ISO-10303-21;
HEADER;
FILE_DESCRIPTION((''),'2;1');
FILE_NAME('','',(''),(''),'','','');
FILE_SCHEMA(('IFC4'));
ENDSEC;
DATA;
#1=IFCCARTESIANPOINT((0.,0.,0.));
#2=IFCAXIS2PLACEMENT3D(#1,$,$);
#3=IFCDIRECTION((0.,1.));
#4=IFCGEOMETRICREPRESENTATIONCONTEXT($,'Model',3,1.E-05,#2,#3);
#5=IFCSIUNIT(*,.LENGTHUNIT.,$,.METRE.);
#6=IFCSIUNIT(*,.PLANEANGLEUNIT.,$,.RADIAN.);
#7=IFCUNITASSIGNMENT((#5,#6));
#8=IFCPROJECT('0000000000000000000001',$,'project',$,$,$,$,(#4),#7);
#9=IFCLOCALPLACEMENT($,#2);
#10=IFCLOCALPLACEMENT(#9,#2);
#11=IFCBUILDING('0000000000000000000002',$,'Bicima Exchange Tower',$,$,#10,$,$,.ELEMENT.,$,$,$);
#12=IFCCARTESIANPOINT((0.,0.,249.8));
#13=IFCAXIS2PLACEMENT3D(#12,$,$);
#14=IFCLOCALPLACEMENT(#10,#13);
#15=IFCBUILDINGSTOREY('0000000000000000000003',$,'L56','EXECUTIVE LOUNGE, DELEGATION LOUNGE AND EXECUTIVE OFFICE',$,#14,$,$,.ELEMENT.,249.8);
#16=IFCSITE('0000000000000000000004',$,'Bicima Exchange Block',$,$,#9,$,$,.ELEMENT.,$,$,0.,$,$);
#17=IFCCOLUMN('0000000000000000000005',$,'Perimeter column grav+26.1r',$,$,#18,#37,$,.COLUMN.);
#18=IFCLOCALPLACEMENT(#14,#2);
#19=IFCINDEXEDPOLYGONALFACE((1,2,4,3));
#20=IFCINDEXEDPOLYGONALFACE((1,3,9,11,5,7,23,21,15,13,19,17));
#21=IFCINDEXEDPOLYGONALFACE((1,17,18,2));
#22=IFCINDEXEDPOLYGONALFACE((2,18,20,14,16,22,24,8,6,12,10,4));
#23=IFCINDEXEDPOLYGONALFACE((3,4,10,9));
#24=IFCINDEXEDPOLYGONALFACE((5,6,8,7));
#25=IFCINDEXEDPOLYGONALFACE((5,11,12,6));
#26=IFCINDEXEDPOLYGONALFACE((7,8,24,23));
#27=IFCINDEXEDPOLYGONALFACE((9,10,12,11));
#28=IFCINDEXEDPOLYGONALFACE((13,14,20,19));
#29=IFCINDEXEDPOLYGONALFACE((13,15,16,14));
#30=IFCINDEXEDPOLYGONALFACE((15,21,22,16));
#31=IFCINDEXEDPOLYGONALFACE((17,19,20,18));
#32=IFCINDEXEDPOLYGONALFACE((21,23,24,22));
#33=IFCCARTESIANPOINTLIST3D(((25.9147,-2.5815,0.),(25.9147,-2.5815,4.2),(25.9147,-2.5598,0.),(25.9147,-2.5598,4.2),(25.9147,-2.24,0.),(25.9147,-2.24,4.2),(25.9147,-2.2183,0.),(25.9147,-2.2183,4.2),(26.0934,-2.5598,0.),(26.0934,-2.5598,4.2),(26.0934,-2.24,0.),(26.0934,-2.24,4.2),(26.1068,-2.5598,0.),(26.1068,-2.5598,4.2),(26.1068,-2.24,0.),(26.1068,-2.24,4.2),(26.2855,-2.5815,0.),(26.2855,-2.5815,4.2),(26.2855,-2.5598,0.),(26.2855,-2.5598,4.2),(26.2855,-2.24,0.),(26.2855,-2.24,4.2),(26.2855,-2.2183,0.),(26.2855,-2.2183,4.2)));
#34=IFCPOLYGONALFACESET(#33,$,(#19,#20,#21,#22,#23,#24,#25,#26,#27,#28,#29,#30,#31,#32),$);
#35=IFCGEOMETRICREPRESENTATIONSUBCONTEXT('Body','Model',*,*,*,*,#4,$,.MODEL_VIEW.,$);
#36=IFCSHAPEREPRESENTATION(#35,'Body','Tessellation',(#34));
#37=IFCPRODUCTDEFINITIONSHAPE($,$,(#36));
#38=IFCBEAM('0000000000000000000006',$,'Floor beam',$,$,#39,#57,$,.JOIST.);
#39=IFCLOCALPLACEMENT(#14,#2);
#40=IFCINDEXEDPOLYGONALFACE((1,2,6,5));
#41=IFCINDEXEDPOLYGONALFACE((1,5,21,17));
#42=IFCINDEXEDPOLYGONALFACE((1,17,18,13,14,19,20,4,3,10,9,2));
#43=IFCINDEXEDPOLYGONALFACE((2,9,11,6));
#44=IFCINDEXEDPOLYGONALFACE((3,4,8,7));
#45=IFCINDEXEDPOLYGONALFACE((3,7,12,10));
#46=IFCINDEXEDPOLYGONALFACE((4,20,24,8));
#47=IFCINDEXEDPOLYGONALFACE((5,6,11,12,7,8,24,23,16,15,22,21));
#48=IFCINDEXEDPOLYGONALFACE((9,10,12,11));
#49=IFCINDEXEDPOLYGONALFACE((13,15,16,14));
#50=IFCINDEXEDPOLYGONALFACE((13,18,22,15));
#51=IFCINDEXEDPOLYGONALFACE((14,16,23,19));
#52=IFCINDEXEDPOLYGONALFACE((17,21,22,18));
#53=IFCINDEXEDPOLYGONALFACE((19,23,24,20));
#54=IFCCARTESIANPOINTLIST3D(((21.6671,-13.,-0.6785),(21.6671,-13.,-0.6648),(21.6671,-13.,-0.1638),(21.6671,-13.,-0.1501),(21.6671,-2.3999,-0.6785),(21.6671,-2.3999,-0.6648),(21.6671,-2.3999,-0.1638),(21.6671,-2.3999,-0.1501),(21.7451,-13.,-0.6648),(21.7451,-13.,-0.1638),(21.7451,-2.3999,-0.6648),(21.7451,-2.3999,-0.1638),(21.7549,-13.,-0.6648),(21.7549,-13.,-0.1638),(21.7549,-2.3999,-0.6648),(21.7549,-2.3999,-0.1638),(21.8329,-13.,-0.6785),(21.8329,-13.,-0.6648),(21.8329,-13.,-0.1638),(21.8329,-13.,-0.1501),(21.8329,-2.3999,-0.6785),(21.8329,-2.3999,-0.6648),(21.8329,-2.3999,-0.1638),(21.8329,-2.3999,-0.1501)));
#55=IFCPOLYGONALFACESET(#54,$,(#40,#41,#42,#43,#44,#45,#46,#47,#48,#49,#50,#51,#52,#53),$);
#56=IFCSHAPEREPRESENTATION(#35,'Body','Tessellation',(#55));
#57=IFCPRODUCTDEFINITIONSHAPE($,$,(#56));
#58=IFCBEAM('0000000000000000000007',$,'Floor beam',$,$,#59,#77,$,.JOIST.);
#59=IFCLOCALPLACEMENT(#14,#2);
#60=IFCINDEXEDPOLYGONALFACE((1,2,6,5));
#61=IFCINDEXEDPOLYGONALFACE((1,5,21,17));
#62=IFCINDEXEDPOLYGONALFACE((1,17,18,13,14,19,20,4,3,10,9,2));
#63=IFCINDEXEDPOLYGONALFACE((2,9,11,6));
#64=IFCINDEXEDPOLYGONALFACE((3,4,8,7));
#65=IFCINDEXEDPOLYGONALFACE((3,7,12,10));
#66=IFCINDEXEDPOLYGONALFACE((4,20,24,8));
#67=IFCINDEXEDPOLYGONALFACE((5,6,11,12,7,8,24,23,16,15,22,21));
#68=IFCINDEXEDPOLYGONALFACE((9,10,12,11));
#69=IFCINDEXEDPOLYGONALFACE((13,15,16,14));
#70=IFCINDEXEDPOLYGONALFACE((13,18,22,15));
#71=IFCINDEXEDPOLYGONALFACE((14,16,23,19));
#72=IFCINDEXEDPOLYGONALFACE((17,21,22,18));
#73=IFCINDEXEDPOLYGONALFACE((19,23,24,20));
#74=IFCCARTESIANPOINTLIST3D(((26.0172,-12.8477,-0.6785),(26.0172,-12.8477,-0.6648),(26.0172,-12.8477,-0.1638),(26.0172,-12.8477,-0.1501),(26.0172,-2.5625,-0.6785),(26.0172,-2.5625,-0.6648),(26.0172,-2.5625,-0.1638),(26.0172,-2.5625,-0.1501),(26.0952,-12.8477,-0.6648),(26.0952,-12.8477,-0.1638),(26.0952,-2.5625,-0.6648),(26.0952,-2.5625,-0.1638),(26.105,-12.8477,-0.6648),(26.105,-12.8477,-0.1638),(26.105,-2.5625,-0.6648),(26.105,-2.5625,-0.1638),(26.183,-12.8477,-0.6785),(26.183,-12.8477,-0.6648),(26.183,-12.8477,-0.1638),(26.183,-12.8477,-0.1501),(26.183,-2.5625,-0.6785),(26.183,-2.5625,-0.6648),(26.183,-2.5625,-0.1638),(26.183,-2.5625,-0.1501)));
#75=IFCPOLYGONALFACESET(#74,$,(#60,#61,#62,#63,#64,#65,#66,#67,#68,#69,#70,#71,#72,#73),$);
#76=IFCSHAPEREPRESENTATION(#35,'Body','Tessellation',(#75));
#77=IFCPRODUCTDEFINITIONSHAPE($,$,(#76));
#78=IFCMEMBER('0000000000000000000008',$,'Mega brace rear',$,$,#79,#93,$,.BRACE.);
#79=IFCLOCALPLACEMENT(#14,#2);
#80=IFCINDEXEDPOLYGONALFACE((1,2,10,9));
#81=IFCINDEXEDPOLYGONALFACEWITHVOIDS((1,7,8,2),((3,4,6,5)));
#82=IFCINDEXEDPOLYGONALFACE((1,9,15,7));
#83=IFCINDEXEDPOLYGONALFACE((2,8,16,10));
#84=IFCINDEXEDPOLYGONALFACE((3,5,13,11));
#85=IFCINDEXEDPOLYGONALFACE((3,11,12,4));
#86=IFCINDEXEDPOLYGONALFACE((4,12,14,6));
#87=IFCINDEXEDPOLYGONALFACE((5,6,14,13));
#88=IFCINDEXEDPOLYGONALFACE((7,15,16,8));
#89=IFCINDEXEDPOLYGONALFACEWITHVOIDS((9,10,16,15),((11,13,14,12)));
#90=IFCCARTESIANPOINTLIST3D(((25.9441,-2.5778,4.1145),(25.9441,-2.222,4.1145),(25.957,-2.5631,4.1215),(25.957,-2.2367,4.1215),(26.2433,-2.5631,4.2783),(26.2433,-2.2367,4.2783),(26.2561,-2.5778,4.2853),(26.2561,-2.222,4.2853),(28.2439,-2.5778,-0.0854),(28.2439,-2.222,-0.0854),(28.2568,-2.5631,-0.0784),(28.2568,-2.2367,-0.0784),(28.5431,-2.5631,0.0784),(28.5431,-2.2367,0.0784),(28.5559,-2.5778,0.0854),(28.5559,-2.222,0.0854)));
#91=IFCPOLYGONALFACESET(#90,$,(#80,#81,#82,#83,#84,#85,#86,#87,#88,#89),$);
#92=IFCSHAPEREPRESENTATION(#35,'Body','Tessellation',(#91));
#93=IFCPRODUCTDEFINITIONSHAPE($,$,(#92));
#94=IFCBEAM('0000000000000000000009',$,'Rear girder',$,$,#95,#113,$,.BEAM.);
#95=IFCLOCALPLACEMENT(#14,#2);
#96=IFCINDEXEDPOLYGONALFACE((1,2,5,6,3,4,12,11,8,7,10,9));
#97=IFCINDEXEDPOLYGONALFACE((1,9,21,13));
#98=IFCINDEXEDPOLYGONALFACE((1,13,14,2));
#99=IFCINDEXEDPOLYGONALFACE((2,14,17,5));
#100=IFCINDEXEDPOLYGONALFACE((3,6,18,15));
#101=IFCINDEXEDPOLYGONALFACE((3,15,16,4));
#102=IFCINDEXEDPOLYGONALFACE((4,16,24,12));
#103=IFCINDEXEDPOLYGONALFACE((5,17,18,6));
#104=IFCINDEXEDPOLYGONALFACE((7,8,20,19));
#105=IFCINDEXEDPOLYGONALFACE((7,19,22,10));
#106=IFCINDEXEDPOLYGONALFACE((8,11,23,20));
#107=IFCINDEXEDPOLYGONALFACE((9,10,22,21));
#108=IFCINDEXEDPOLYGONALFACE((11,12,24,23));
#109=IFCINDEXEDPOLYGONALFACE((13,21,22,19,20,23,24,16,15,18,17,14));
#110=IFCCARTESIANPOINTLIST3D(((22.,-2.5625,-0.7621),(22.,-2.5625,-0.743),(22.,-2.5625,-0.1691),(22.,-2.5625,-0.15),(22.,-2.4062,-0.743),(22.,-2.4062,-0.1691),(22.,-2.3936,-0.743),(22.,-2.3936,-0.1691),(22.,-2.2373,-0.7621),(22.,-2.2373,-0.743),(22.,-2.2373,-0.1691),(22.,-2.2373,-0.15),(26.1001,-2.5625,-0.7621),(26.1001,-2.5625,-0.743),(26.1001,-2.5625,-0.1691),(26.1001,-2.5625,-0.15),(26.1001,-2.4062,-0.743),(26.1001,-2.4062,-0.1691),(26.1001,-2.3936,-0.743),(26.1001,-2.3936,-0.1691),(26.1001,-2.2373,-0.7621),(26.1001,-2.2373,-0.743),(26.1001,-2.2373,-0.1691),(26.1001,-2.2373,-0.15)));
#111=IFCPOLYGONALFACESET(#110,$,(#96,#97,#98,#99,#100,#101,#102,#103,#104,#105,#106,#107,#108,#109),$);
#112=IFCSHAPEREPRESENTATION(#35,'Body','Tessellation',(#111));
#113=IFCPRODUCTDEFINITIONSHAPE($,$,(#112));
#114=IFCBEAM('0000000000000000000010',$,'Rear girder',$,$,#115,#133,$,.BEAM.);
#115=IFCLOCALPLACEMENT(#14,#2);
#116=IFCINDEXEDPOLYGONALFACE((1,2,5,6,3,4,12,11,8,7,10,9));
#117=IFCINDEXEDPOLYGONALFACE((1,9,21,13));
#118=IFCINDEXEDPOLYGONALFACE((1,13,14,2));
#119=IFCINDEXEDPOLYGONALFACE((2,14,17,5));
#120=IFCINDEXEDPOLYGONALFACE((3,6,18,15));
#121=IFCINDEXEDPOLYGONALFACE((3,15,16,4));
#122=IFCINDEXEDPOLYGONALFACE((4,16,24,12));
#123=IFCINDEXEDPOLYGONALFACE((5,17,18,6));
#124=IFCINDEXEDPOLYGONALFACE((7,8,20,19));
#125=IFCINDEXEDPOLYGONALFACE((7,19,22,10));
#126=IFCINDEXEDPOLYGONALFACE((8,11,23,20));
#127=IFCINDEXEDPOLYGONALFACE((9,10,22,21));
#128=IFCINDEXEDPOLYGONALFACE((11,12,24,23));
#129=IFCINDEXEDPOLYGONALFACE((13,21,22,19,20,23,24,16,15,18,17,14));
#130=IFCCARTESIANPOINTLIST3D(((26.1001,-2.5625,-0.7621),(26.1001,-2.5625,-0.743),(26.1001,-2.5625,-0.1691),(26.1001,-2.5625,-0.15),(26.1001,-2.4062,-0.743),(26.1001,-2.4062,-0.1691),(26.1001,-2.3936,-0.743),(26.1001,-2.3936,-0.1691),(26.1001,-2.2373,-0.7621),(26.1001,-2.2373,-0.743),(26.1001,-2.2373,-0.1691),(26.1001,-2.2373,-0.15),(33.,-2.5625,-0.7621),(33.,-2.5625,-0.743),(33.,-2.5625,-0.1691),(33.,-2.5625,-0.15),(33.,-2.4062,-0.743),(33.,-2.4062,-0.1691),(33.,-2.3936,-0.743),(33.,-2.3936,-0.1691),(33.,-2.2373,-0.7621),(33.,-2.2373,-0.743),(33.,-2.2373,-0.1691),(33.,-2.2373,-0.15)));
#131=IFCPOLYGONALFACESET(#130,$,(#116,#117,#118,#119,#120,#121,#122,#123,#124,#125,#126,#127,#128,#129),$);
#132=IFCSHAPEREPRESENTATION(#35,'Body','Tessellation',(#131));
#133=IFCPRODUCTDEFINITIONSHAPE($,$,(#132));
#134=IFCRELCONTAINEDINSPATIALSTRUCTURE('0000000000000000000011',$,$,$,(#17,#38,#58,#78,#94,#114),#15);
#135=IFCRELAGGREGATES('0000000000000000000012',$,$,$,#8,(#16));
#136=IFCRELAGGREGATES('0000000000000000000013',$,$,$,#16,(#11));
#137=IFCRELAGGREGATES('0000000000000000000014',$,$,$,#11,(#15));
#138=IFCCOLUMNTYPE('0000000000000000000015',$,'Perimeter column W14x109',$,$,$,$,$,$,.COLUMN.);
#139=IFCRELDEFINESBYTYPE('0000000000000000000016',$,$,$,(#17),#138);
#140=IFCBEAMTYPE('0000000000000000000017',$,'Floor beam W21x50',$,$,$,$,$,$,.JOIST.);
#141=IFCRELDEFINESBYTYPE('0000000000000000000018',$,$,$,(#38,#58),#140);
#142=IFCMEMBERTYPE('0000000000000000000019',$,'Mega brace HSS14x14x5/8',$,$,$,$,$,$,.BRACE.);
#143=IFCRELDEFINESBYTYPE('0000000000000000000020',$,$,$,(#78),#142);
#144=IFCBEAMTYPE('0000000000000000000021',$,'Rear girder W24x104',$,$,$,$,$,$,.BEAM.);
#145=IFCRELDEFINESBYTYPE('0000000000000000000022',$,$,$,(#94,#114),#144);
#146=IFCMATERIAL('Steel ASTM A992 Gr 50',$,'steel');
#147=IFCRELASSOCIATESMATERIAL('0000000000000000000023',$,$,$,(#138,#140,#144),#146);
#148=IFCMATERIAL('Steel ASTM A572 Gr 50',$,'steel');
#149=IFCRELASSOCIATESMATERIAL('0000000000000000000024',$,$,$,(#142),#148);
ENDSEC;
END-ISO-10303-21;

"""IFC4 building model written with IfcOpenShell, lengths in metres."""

from ifc_helpers import new_model, si_unit, direction, frame, origin, origin_2d, place, context, subcontext, project, spatial, hollow_rectangle, i_section, extrude, material, material_profile, profile_set, type_object, element, save


model = new_model("IFC4")

# Units and contexts
model_context = context("Model", 3, precision=1e-05, world=origin(), true_north=direction((0.0, 1.0)))
body_context = subcontext(model_context, "Body", "Model", "MODEL_VIEW")
ifc_project = project(units=[si_unit("LENGTHUNIT", "METRE"), si_unit("PLANEANGLEUNIT", "RADIAN")], contexts=[model_context])

# Site, building, storey
site_placement = place(None, origin())
site = spatial("IfcSite", under=ifc_project, at=site_placement, Name="Bicima Exchange Block", CompositionType="ELEMENT", RefElevation=0.0)
building_placement = place(site_placement, origin())
building = spatial("IfcBuilding", under=site, at=building_placement, Name="Bicima Exchange Tower", CompositionType="ELEMENT")
storey_placement = place(building_placement, frame((0.0, 0.0, 249.8)))
storey = spatial("IfcBuildingStorey", under=building, at=storey_placement, Name="L56", Description="EXECUTIVE LOUNGE, DELEGATION LOUNGE AND EXECUTIVE OFFICE", CompositionType="ELEMENT", Elevation=249.8)

# Column
ifc_material_1 = material(Name="Steel ASTM A992 Gr 50", Category="steel")
ifc_material_profile_1 = material_profile(ifc_material_1, i_section(OverallWidth=0.3708, OverallDepth=0.3633, WebThickness=0.0134, FlangeThickness=0.0217, at=origin_2d()))
ifc_profile_set_1 = profile_set([ifc_material_profile_1], Name="Steel ASTM A992 Gr 50")
column_type = type_object("IfcColumnType", Name="Perimeter column W14x109", PredefinedType="COLUMN", material=ifc_profile_set_1)
column_placement = place(storey_placement, frame((26.1001, -2.3999, 0.0), z_axis=(0.0, 0.0, 1.0), x_axis=(1.0, 0.0, 0.0)))
element("IfcColumn", 1, at=column_placement, inside=storey, type_object=column_type, Name="Perimeter column grav+26.1r", PredefinedType="COLUMN", context=body_context, shape_type="SweptSolid", body=[
    extrude(i_section(OverallWidth=0.3708, OverallDepth=0.3633, WebThickness=0.0134, FlangeThickness=0.0217, at=origin_2d()), origin(), (0.0, 0.0, 1.0), 4.2),
])

# Beams
ifc_material_profile_2 = material_profile(ifc_material_1, i_section(OverallWidth=0.1658, OverallDepth=0.5283, WebThickness=0.0098, FlangeThickness=0.0137, at=origin_2d()))
ifc_profile_set_2 = profile_set([ifc_material_profile_2], Name="Steel ASTM A992 Gr 50")
beam_type_1 = type_object("IfcBeamType", Name="Floor beam W21x50", PredefinedType="JOIST", material=ifc_profile_set_2)
beam_1_placement = place(storey_placement, frame((21.75, -2.3999, -0.4143), z_axis=(0.0, -1.0, 0.0), x_axis=(1.0, 0.0, 0.0)))
element("IfcBeam", 2, at=beam_1_placement, inside=storey, type_object=beam_type_1, Name="Floor beam", PredefinedType="JOIST", context=body_context, shape_type="SweptSolid", body=[
    extrude(i_section(OverallWidth=0.1658, OverallDepth=0.5283, WebThickness=0.0098, FlangeThickness=0.0137, at=origin_2d()), origin(), (0.0, 0.0, 1.0), 10.6001),
])
beam_2_placement = place(storey_placement, frame((26.1001, -2.5625, -0.4143), z_axis=(0.0, -1.0, 0.0), x_axis=(1.0, 0.0, 0.0)))
element("IfcBeam", 3, at=beam_2_placement, inside=storey, type_object=beam_type_1, Name="Floor beam", PredefinedType="JOIST", context=body_context, shape_type="SweptSolid", body=[
    extrude(i_section(OverallWidth=0.1658, OverallDepth=0.5283, WebThickness=0.0098, FlangeThickness=0.0137, at=origin_2d()), origin(), (0.0, 0.0, 1.0), 10.2852),
])

# Member
ifc_material_2 = material(Name="Steel ASTM A572 Gr 50", Category="steel")
ifc_material_profile_3 = material_profile(ifc_material_2, hollow_rectangle(XDim=0.3557, YDim=0.3557, WallThickness=0.0146, at=origin_2d()))
ifc_profile_set_3 = profile_set([ifc_material_profile_3], Name="Steel ASTM A572 Gr 50")
member_type = type_object("IfcMemberType", Name="Mega brace HSS14x14x5/8", PredefinedType="BRACE", material=ifc_profile_set_3)
member_placement = place(storey_placement, frame((28.3999, -2.3999, 0.0), z_axis=(-0.480288, 0.0, 0.877111), x_axis=(0.0, -1.0, 0.0)))
element("IfcMember", 4, at=member_placement, inside=storey, type_object=member_type, Name="Mega brace rear", PredefinedType="BRACE", context=body_context, shape_type="SweptSolid", body=[
    extrude(hollow_rectangle(XDim=0.3557, YDim=0.3557, WallThickness=0.0146, at=origin_2d()), origin(), (0.0, 0.0, 1.0), 4.7883),
])

# Beams
ifc_material_profile_4 = material_profile(ifc_material_1, i_section(OverallWidth=0.3252, OverallDepth=0.6121, WebThickness=0.0127, FlangeThickness=0.019, at=origin_2d()))
ifc_profile_set_4 = profile_set([ifc_material_profile_4], Name="Steel ASTM A992 Gr 50")
beam_type_2 = type_object("IfcBeamType", Name="Rear girder W24x104", PredefinedType="BEAM", material=ifc_profile_set_4)
beam_3_placement = place(storey_placement, frame((22.0, -2.3999, -0.4561), z_axis=(1.0, 0.0, 0.0), x_axis=(0.0, 1.0, 0.0)))
element("IfcBeam", 5, at=beam_3_placement, inside=storey, type_object=beam_type_2, Name="Rear girder", PredefinedType="BEAM", context=body_context, shape_type="SweptSolid", body=[
    extrude(i_section(OverallWidth=0.3252, OverallDepth=0.6121, WebThickness=0.0127, FlangeThickness=0.019, at=origin_2d()), origin(), (0.0, 0.0, 1.0), 4.1001),
])
beam_4_placement = place(storey_placement, frame((26.1001, -2.3999, -0.4561), z_axis=(1.0, 0.0, 0.0), x_axis=(0.0, 1.0, 0.0)))
element("IfcBeam", 6, at=beam_4_placement, inside=storey, type_object=beam_type_2, Name="Rear girder", PredefinedType="BEAM", context=body_context, shape_type="SweptSolid", body=[
    extrude(i_section(OverallWidth=0.3252, OverallDepth=0.6121, WebThickness=0.0127, FlangeThickness=0.019, at=origin_2d()), origin(), (0.0, 0.0, 1.0), 6.8999),
])

save(model, "model.ifc")
